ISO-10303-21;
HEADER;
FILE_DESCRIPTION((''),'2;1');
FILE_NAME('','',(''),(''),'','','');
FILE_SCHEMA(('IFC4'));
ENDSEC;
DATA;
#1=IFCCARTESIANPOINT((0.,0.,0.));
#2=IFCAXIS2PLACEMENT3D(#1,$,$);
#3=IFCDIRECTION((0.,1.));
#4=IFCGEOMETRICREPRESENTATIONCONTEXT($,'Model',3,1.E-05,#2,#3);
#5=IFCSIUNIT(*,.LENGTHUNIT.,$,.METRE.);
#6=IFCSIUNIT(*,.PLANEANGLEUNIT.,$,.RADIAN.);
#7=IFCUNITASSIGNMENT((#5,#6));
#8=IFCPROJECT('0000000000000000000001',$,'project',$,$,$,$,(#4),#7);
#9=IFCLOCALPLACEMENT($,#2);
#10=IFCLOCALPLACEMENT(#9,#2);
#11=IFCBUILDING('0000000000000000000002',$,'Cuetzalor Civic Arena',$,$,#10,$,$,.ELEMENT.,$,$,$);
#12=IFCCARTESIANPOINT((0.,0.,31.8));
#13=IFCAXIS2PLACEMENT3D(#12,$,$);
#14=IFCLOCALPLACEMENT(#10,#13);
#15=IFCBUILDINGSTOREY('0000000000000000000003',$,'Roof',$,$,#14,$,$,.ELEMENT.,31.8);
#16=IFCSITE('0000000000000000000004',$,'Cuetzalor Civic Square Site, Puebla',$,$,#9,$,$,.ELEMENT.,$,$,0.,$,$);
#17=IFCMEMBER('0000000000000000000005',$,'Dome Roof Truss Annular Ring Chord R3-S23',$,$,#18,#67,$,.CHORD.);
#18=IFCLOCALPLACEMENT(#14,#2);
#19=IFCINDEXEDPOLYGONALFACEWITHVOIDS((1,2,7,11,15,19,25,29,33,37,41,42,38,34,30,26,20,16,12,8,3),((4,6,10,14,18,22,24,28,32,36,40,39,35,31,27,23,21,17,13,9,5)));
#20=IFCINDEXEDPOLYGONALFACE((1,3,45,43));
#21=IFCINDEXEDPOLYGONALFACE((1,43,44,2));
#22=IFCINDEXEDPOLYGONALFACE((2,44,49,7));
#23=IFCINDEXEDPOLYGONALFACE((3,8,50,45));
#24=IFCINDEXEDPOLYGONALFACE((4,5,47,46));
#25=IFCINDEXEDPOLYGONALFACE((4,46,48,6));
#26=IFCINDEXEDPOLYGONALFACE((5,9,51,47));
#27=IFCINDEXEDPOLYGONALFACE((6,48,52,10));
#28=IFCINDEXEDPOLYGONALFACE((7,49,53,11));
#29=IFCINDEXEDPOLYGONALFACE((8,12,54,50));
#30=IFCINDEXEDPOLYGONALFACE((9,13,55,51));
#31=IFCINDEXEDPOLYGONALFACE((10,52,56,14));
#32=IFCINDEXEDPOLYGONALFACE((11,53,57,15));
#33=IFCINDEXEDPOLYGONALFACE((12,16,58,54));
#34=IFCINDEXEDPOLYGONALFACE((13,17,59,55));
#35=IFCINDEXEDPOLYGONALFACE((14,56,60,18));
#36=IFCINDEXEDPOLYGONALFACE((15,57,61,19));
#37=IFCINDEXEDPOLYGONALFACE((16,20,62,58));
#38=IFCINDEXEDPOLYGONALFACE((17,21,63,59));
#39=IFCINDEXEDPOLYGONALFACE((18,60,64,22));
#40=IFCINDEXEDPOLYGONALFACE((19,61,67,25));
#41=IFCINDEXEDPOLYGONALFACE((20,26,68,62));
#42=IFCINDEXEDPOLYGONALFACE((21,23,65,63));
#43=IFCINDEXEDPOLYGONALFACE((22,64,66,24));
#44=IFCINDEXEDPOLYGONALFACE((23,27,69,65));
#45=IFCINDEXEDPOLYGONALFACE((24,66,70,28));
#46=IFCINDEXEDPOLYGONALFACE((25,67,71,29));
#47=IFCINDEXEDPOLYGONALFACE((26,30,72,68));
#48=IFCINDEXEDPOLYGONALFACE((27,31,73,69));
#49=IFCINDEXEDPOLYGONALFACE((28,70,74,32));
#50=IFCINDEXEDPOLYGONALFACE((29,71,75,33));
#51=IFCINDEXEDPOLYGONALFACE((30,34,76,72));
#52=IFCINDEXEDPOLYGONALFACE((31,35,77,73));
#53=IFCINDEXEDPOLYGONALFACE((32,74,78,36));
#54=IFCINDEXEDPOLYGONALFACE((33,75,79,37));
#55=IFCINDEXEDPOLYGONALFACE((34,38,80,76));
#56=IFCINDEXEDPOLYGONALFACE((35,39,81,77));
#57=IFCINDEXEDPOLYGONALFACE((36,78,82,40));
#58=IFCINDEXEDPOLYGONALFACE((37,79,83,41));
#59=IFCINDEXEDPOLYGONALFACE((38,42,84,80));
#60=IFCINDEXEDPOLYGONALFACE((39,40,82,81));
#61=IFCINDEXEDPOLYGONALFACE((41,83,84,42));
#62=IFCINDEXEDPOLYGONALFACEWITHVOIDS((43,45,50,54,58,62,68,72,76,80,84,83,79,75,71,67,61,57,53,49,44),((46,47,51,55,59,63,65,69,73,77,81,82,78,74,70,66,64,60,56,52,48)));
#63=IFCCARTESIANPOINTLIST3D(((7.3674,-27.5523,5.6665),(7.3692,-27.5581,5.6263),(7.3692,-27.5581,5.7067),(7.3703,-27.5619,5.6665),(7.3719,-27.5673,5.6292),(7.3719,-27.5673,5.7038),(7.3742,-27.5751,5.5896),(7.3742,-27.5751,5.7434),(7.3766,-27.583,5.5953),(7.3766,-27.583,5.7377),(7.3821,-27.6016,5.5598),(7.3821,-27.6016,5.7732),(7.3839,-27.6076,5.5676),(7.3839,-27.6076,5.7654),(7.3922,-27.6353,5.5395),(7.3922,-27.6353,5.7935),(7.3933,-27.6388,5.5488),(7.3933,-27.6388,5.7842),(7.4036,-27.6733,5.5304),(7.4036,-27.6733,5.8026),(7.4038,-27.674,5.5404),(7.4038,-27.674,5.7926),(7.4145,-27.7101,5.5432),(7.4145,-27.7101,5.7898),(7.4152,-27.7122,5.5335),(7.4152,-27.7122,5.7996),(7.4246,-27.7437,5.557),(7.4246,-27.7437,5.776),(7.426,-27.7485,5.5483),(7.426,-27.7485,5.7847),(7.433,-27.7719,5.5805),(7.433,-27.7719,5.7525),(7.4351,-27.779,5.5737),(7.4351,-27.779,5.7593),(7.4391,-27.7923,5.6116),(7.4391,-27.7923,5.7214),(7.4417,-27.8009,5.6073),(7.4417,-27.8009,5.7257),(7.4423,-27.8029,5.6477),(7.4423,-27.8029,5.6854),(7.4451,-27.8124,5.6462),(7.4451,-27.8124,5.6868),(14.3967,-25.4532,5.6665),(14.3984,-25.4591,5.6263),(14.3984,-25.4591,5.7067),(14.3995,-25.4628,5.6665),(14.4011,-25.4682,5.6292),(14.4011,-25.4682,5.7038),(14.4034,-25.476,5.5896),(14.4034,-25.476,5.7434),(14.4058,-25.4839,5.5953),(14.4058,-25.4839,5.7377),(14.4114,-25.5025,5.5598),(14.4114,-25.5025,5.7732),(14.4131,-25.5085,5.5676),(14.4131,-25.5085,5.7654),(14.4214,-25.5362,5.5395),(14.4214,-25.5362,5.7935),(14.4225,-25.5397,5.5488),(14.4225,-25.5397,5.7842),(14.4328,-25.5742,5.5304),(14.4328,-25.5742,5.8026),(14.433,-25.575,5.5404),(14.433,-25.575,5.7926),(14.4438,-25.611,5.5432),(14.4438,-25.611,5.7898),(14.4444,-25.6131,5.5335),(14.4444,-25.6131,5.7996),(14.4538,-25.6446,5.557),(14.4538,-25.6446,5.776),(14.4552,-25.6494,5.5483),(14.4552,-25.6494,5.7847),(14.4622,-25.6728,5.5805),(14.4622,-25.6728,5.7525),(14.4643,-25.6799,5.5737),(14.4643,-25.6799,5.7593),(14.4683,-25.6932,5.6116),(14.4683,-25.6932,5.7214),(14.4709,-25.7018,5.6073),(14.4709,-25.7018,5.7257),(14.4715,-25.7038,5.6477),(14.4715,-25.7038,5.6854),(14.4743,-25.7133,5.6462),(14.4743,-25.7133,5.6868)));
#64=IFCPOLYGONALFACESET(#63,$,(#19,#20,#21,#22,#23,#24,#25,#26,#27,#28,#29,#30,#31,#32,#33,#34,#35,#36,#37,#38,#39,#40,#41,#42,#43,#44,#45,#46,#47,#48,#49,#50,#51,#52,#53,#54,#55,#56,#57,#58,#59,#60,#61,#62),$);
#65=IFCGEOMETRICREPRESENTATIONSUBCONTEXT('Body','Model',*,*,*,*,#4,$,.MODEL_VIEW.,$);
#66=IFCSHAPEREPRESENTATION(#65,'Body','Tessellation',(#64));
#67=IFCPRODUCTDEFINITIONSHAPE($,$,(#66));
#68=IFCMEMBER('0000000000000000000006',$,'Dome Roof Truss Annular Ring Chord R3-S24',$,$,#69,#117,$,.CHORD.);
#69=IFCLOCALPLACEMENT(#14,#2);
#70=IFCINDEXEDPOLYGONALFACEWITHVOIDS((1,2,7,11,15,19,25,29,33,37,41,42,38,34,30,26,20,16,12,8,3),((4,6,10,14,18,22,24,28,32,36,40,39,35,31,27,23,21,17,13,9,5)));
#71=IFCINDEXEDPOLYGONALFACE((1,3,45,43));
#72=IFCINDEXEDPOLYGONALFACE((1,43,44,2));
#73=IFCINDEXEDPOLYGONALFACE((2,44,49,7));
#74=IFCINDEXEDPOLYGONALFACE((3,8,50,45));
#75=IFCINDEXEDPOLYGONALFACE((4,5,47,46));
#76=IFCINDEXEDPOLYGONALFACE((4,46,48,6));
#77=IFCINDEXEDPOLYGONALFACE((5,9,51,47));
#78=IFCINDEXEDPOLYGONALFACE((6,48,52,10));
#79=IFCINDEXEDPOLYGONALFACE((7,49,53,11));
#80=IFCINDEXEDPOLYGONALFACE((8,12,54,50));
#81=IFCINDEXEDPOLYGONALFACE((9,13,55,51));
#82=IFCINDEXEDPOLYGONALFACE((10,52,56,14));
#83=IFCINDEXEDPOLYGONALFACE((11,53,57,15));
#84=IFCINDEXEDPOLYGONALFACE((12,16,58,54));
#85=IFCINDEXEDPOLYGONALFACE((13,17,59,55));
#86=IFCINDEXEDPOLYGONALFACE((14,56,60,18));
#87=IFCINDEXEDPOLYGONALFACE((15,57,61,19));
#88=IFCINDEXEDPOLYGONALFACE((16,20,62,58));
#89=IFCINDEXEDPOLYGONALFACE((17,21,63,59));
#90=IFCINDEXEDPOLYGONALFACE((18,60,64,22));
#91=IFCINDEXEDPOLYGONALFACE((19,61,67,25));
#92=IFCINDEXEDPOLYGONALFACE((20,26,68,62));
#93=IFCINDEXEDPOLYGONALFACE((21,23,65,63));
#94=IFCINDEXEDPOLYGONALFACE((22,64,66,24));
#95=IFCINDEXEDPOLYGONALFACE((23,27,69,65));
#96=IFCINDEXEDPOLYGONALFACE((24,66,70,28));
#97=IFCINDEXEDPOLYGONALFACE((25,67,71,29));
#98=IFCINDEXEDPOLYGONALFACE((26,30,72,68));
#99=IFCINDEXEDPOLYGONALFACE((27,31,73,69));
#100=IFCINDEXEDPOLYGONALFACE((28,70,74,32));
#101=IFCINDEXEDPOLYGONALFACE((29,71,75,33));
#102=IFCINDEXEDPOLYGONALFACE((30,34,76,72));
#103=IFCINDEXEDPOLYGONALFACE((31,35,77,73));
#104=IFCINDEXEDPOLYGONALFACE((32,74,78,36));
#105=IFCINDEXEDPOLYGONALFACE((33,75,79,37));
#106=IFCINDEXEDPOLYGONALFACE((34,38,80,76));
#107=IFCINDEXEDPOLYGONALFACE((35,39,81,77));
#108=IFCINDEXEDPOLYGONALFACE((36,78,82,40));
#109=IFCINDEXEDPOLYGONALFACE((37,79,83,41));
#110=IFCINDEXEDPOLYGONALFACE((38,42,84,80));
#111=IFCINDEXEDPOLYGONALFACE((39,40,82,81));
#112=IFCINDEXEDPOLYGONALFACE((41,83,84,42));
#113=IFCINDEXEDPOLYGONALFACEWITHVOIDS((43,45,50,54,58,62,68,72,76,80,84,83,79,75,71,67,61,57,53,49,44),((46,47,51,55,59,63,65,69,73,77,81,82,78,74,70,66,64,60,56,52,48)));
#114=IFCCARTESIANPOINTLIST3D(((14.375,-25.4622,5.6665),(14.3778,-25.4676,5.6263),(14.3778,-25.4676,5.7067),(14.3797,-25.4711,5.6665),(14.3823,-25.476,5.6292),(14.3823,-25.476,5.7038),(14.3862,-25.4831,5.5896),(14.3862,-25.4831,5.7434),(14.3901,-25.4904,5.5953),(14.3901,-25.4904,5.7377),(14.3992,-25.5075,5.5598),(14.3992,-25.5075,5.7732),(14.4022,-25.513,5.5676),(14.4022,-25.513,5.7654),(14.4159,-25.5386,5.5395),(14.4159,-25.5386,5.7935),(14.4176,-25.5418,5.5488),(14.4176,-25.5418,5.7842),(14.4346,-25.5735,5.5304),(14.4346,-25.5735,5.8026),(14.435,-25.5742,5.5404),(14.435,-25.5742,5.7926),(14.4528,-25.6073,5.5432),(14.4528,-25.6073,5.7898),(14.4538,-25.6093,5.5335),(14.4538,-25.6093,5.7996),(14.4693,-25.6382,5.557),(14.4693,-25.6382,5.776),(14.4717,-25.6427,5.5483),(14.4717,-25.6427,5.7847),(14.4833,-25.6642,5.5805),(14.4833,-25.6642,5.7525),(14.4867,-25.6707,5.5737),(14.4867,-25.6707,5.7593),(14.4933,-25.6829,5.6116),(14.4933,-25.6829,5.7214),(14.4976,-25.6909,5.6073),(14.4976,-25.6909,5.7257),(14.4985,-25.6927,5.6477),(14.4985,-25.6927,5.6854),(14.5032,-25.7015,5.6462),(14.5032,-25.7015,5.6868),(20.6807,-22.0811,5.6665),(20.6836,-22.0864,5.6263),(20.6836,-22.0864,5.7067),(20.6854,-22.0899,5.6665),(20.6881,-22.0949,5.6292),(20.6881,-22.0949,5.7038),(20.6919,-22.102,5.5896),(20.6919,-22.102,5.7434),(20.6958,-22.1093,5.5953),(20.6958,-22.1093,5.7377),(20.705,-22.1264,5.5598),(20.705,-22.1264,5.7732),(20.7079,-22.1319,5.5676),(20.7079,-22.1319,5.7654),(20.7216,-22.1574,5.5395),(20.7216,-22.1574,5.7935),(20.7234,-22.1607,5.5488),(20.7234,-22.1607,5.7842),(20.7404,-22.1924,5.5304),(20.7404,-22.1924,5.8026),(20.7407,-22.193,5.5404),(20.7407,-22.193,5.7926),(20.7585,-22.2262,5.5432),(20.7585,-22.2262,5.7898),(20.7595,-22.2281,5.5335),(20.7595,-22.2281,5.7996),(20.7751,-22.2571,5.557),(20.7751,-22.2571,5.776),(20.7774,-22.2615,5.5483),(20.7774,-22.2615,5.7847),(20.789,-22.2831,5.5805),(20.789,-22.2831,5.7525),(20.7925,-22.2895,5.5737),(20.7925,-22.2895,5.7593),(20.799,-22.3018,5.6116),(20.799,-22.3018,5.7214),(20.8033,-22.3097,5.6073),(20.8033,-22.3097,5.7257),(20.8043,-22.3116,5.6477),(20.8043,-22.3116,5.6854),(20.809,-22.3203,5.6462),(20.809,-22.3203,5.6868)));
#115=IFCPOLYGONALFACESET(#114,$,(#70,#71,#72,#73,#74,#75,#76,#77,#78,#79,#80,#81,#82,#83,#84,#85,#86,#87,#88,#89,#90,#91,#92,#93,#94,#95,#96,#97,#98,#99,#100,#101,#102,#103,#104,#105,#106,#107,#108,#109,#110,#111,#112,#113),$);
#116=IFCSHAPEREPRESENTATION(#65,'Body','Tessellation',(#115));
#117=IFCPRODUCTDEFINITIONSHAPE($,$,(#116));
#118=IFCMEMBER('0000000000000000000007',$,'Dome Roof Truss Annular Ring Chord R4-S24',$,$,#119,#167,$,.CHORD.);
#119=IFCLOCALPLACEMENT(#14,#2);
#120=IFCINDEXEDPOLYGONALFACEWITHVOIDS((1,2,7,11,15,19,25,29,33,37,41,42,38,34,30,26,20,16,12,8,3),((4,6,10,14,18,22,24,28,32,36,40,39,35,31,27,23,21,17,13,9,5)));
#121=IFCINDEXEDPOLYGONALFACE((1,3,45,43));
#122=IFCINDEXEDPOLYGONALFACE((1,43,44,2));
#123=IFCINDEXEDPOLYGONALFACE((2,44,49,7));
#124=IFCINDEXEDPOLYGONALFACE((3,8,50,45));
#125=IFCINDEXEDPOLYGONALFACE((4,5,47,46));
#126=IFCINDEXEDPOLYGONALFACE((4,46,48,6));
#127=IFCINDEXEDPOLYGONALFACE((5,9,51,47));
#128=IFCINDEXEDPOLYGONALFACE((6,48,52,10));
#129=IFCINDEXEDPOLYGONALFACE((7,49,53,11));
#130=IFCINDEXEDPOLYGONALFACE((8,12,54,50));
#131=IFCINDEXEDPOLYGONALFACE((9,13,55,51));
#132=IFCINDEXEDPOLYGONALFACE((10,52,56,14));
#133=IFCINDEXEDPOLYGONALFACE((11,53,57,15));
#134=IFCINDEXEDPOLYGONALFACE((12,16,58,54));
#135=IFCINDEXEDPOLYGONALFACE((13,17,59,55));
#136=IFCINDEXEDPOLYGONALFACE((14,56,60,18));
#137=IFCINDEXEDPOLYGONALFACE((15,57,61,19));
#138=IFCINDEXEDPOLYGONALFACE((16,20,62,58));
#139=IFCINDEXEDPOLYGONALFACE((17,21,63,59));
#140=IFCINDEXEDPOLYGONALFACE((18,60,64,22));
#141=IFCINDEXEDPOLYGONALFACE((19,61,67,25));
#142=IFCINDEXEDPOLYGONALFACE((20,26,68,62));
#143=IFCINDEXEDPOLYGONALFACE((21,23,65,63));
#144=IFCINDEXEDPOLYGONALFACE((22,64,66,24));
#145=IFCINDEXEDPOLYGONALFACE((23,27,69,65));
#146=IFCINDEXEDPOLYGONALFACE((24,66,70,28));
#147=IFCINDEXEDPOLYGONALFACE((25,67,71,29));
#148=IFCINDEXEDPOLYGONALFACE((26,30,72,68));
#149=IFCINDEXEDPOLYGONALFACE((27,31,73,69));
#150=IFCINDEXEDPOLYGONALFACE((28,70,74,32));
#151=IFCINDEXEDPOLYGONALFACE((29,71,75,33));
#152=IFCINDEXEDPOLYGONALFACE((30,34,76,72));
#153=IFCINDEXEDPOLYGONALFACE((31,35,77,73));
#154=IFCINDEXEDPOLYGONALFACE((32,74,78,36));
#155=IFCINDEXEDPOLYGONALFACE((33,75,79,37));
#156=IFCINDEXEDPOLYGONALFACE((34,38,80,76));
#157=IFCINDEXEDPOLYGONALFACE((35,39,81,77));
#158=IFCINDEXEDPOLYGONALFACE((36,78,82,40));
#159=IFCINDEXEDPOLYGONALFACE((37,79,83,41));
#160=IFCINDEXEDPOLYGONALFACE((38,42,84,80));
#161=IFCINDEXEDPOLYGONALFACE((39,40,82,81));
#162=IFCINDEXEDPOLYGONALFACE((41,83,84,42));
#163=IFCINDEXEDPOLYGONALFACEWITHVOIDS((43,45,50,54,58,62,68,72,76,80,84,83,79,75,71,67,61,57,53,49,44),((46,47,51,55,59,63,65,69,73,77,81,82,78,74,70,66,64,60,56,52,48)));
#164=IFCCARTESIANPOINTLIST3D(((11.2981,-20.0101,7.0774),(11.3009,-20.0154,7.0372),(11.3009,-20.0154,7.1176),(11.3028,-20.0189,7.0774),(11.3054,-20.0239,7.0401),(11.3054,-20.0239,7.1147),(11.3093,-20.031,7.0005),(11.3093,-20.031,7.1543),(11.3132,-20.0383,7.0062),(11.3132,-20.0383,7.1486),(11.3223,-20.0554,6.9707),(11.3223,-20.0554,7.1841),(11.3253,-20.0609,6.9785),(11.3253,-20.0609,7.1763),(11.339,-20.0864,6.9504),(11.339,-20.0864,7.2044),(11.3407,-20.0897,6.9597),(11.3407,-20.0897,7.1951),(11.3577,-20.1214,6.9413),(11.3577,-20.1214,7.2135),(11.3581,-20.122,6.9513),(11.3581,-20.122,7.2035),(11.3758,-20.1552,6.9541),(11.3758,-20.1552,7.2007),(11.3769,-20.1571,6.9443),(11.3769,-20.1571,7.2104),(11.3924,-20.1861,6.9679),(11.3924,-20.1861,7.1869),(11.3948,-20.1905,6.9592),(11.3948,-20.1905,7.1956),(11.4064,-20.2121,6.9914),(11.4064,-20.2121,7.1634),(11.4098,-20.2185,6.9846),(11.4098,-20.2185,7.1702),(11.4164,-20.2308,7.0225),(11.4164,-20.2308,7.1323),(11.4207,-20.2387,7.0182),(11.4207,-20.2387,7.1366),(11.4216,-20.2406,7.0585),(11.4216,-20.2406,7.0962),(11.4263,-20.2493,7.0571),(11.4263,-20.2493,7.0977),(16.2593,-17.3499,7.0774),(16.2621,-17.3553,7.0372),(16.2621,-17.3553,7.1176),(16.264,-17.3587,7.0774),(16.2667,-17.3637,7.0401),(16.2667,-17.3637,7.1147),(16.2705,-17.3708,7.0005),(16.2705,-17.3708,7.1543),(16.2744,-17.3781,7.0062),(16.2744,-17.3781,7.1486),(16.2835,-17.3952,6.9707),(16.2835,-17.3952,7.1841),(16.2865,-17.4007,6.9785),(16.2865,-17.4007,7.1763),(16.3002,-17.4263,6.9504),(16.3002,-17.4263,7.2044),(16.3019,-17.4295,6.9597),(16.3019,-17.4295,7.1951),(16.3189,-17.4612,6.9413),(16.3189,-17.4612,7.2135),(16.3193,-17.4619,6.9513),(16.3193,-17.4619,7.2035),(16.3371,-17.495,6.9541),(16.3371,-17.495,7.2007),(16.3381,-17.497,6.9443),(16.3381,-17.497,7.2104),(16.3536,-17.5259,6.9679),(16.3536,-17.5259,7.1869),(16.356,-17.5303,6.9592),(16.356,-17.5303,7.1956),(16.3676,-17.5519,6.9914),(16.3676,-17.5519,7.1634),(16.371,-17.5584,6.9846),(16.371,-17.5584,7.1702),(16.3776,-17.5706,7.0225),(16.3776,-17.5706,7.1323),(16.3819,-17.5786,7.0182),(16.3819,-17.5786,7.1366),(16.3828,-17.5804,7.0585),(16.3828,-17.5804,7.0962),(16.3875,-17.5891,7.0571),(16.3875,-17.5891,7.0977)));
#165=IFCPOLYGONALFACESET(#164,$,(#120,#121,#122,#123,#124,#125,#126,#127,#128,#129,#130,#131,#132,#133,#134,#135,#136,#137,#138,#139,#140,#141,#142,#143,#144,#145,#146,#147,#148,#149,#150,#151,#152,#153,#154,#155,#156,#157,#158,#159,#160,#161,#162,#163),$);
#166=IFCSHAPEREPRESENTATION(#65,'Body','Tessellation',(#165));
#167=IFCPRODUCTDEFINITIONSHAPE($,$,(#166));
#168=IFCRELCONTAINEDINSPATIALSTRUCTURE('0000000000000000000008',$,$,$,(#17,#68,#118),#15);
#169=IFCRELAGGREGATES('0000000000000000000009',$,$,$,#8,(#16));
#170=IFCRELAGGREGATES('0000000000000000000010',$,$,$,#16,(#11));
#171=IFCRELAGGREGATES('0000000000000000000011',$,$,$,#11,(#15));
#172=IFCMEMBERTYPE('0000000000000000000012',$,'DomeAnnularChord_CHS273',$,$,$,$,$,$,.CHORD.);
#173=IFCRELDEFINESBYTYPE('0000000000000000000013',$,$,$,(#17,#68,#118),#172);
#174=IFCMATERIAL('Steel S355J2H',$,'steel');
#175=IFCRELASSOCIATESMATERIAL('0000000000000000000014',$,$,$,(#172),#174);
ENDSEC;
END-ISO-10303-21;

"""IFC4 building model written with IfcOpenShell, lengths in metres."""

from ifc_helpers import new_model, si_unit, direction, frame, origin, origin_2d, place, context, subcontext, project, spatial, hollow_circle, extrude, material, material_profile, profile_set, type_object, element, save


model = new_model("IFC4")

# Units and contexts
model_context = context("Model", 3, precision=1e-05, world=origin(), true_north=direction((0.0, 1.0)))
body_context = subcontext(model_context, "Body", "Model", "MODEL_VIEW")
ifc_project = project(units=[si_unit("LENGTHUNIT", "METRE"), si_unit("PLANEANGLEUNIT", "RADIAN")], contexts=[model_context])

# Site, building, storey
site_placement = place(None, origin())
site = spatial("IfcSite", under=ifc_project, at=site_placement, Name="Cuetzalor Civic Square Site, Puebla", CompositionType="ELEMENT", RefElevation=0.0)
building_placement = place(site_placement, origin())
building = spatial("IfcBuilding", under=site, at=building_placement, Name="Cuetzalor Civic Arena", CompositionType="ELEMENT")
storey_placement = place(building_placement, frame((0.0, 0.0, 31.8)))
storey = spatial("IfcBuildingStorey", under=building, at=storey_placement, Name="Roof", CompositionType="ELEMENT", Elevation=31.8)

# Members
ifc_material_1 = material(Name="Steel S355J2H", Category="steel")
ifc_material_profile_1 = material_profile(ifc_material_1, hollow_circle(Radius=0.1365, WallThickness=0.01, at=origin_2d()), Name="CHS 273x10")
ifc_profile_set_1 = profile_set([ifc_material_profile_1], Name="Steel S355J2H")
member_type_1 = type_object("IfcMemberType", Name="DomeAnnularChord_CHS273", PredefinedType="CHORD", material=ifc_profile_set_1)
member_1_placement = place(storey_placement, frame((7.4065, -27.6831, 5.6665), z_axis=(0.958188, 0.286139, 0.0), x_axis=(-0.286139, 0.958188, 0.0)))
element("IfcMember", 1, at=member_1_placement, inside=storey, type_object=member_type_1, Name="Dome Roof Truss Annular Ring Chord R3-S23", PredefinedType="CHORD", context=body_context, shape_type="SweptSolid", body=[
    extrude(hollow_circle(Radius=0.1365, WallThickness=0.01, at=origin_2d()), origin(), (0.0, 0.0, 1.0), 7.3359),
])
member_2_placement = place(storey_placement, frame((14.4395, -25.5825, 5.6665), z_axis=(0.881301, 0.472555, 0.0), x_axis=(-0.472555, 0.881301, 0.0)))
element("IfcMember", 2, at=member_2_placement, inside=storey, type_object=member_type_1, Name="Dome Roof Truss Annular Ring Chord R3-S24", PredefinedType="CHORD", context=body_context, shape_type="SweptSolid", body=[
    extrude(hollow_circle(Radius=0.1365, WallThickness=0.01, at=origin_2d()), origin(), (0.0, 0.0, 1.0), 7.155),
])
member_3_placement = place(storey_placement, frame((11.3625, -20.1304, 7.0774), z_axis=(0.881304, 0.47255, 0.0), x_axis=(-0.47255, 0.881304, 0.0)))
element("IfcMember", 3, at=member_3_placement, inside=storey, type_object=member_type_1, Name="Dome Roof Truss Annular Ring Chord R4-S24", PredefinedType="CHORD", context=body_context, shape_type="SweptSolid", body=[
    extrude(hollow_circle(Radius=0.1365, WallThickness=0.01, at=origin_2d()), origin(), (0.0, 0.0, 1.0), 5.6294),
])

save(model, "model.ifc")
